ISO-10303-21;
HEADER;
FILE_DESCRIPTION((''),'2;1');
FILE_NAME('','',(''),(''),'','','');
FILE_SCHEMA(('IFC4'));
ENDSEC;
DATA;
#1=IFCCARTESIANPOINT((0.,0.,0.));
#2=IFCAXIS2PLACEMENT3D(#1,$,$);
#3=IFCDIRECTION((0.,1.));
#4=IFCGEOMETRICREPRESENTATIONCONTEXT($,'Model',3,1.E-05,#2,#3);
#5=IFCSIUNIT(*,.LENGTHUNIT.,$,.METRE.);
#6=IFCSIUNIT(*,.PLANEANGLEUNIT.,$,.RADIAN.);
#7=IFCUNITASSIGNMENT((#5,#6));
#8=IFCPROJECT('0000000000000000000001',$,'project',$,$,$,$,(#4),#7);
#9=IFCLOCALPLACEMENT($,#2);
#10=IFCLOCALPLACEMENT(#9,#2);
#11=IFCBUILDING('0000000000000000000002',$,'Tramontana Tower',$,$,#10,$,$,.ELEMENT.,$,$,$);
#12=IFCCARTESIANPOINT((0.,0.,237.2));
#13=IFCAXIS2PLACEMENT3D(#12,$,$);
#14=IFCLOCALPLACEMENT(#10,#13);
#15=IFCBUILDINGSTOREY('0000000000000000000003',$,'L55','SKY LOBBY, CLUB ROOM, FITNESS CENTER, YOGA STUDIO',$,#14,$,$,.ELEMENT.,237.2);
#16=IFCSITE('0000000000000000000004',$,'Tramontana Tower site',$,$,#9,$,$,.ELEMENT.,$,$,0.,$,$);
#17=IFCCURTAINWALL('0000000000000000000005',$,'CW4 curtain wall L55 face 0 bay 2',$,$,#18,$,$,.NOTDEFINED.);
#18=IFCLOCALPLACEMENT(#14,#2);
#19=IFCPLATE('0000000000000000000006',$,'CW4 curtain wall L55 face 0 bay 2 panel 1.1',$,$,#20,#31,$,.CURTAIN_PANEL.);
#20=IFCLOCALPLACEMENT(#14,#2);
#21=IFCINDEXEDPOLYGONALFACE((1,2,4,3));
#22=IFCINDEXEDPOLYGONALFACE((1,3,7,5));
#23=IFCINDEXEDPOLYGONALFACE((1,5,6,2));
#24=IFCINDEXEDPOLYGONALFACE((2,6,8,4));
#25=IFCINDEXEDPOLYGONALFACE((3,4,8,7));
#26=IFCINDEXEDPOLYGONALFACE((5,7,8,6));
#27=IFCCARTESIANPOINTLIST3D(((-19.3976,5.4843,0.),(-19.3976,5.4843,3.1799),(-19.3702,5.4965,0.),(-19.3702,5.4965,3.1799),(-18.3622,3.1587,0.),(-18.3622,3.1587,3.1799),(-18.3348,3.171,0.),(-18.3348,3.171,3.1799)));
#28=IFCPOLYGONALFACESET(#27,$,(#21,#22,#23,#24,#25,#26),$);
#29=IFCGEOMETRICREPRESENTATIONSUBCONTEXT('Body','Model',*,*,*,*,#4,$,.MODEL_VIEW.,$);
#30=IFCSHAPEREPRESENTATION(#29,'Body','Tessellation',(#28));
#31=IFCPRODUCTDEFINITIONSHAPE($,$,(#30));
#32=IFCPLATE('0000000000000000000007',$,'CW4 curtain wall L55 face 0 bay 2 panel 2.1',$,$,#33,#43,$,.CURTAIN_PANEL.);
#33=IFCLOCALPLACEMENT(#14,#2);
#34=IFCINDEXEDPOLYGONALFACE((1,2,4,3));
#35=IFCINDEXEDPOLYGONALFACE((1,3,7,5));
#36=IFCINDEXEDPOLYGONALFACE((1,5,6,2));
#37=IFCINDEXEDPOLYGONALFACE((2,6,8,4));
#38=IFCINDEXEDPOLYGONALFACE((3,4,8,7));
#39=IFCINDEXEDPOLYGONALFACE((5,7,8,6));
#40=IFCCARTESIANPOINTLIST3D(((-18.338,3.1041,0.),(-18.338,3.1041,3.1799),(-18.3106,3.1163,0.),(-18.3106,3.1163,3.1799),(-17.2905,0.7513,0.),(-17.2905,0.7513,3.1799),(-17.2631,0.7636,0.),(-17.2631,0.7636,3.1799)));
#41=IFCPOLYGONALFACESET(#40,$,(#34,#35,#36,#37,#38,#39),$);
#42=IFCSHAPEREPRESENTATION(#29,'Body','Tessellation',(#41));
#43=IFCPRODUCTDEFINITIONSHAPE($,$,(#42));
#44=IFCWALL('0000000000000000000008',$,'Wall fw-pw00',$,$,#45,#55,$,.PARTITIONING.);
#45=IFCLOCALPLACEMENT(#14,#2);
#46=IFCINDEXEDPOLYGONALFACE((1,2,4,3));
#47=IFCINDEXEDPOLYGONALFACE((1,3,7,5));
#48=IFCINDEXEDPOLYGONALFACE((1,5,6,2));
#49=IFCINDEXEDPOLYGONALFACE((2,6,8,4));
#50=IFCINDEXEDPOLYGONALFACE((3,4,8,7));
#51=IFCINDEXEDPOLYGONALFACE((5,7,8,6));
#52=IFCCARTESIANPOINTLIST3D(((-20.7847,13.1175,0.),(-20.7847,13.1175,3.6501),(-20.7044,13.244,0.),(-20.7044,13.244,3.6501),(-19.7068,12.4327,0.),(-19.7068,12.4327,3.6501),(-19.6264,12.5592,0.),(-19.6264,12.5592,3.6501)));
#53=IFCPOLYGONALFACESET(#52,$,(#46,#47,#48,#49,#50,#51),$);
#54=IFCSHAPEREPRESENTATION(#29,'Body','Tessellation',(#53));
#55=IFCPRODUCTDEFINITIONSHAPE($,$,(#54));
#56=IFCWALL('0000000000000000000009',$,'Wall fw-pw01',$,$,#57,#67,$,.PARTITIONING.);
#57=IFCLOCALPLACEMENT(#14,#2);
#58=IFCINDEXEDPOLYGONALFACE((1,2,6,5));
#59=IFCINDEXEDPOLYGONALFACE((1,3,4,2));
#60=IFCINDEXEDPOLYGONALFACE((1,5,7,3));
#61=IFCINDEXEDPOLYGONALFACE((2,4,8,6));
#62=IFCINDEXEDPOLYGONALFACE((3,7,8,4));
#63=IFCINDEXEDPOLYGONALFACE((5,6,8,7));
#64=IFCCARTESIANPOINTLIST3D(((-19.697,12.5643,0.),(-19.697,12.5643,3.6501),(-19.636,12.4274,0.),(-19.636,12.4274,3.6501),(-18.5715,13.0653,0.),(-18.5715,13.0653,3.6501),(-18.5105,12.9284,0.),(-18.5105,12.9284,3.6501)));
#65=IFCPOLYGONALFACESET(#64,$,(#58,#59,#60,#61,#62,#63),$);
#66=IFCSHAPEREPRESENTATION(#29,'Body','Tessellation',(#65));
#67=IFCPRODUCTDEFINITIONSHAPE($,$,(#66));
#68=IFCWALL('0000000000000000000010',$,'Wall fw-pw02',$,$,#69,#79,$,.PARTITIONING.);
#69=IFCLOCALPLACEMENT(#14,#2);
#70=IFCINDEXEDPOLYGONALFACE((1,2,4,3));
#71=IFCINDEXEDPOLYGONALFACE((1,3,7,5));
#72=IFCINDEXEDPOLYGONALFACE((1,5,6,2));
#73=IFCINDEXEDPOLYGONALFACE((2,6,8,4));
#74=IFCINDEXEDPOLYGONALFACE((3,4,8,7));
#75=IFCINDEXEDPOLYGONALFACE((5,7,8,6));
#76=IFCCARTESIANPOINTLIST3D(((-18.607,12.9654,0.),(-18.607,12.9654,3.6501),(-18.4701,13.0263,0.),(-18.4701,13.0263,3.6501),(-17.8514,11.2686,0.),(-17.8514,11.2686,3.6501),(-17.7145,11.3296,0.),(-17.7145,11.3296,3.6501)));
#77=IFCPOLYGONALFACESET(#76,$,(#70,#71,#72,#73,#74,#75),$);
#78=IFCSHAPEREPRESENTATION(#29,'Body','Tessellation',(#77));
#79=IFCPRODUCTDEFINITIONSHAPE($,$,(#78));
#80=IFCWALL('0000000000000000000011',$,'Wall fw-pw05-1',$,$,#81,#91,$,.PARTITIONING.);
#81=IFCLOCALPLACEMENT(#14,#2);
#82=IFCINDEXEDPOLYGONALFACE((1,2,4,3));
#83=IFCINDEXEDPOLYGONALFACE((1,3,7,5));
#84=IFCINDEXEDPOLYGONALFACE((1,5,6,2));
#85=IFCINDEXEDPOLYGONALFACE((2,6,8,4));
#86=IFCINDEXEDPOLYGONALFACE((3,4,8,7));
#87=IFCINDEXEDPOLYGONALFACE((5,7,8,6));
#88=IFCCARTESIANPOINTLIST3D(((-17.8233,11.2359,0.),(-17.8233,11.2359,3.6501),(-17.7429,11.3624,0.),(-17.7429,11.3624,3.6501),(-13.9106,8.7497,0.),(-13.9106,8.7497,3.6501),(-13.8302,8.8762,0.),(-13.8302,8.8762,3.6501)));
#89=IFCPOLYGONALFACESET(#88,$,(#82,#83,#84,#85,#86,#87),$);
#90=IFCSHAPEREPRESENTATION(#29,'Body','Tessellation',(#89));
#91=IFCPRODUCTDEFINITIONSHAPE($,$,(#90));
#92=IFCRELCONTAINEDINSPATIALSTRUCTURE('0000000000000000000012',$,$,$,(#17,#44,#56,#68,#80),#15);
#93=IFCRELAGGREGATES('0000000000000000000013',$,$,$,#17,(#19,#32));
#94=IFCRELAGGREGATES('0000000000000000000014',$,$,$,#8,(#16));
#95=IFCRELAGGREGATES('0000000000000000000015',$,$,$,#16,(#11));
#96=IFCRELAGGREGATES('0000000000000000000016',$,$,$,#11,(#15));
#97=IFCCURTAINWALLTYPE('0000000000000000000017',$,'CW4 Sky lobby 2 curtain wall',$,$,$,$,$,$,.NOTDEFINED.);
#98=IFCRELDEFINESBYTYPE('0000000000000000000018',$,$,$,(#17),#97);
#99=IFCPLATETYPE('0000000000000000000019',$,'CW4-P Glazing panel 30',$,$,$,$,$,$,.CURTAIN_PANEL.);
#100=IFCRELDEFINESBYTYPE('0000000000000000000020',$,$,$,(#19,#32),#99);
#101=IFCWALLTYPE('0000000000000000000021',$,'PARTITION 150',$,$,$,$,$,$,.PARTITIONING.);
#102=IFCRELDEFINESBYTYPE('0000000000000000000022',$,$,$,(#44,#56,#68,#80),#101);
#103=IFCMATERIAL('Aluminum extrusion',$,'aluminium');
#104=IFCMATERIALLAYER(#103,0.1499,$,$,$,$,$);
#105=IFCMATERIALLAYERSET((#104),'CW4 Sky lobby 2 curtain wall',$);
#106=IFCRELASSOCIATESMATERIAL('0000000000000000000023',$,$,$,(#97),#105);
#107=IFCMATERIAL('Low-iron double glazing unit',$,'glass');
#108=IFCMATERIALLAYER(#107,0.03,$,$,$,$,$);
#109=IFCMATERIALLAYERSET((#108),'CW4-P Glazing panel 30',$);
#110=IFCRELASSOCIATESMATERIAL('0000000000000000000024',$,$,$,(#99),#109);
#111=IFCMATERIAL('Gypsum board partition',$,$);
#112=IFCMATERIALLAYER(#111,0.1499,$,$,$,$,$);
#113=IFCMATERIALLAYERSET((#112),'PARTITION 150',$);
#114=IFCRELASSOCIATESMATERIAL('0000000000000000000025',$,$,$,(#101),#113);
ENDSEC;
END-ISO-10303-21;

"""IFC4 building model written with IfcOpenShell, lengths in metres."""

from ifc_helpers import new_model, si_unit, direction, frame, frame_2d, origin, origin_2d, place, context, subcontext, project, spatial, rectangle, extrude, material, layer, layer_set, type_object, element, aggregate, save


model = new_model("IFC4")

# Units and contexts
model_context = context("Model", 3, precision=1e-05, world=origin(), true_north=direction((0.0, 1.0)))
body_context = subcontext(model_context, "Body", "Model", "MODEL_VIEW")
ifc_project = project(units=[si_unit("LENGTHUNIT", "METRE"), si_unit("PLANEANGLEUNIT", "RADIAN")], contexts=[model_context])

# Site, building, storey
site_placement = place(None, origin())
site = spatial("IfcSite", under=ifc_project, at=site_placement, Name="Tramontana Tower site", CompositionType="ELEMENT", RefElevation=0.0)
building_placement = place(site_placement, origin())
building = spatial("IfcBuilding", under=site, at=building_placement, Name="Tramontana Tower", CompositionType="ELEMENT")
storey_placement = place(building_placement, frame((0.0, 0.0, 237.2)))
storey = spatial("IfcBuildingStorey", under=building, at=storey_placement, Name="L55", Description="SKY LOBBY, CLUB ROOM, FITNESS CENTER, YOGA STUDIO", CompositionType="ELEMENT", Elevation=237.2)

# Curtain wall
ifc_material_1 = material(Name="Aluminum extrusion", Category="aluminium")
ifc_layer_1 = layer(ifc_material_1, 0.1499)
ifc_layer_set_1 = layer_set([ifc_layer_1], Name="CW4 Sky lobby 2 curtain wall")
curtain_wall_type = type_object("IfcCurtainWallType", Name="CW4 Sky lobby 2 curtain wall", PredefinedType="NOTDEFINED", material=ifc_layer_set_1)
curtain_wall_1_placement = place(storey_placement, origin())
curtain_wall_1 = element("IfcCurtainWall", 1, at=curtain_wall_1_placement, inside=storey, type_object=curtain_wall_type, Name="CW4 curtain wall L55 face 0 bay 2", PredefinedType="NOTDEFINED")

# Plates
ifc_material_2 = material(Name="Low-iron double glazing unit", Category="glass")
ifc_layer_2 = layer(ifc_material_2, 0.03)
ifc_layer_set_2 = layer_set([ifc_layer_2], Name="CW4-P Glazing panel 30")
plate_type = type_object("IfcPlateType", Name="CW4-P Glazing panel 30", PredefinedType="CURTAIN_PANEL", material=ifc_layer_set_2)
plate_1_placement = place(storey_placement, frame((-18.8662, 4.3276, 0.0), z_axis=(0.0, 0.0, 1.0), x_axis=(0.406737, -0.913545, 0.0)))
plate_1 = element("IfcPlate", 2, at=plate_1_placement, type_object=plate_type, Name="CW4 curtain wall L55 face 0 bay 2 panel 1.1", PredefinedType="CURTAIN_PANEL", context=body_context, shape_type="SweptSolid", body=[
    extrude(rectangle(XDim=2.5457, YDim=0.03, at=origin_2d()), origin(), (0.0, 0.0, 1.0), 3.1799),
])
plate_2_placement = place(storey_placement, frame((-17.8005, 1.9338, 0.0), z_axis=(0.0, 0.0, 1.0), x_axis=(0.406737, -0.913545, 0.0)))
plate_2 = element("IfcPlate", 3, at=plate_2_placement, type_object=plate_type, Name="CW4 curtain wall L55 face 0 bay 2 panel 2.1", PredefinedType="CURTAIN_PANEL", context=body_context, shape_type="SweptSolid", body=[
    extrude(rectangle(XDim=2.5754, YDim=0.03, at=origin_2d()), origin(), (0.0, 0.0, 1.0), 3.1799),
])
aggregate(curtain_wall_1, [plate_1, plate_2])

# Walls
ifc_material_3 = material(Name="Gypsum board partition")
ifc_layer_3 = layer(ifc_material_3, 0.1499)
ifc_layer_set_3 = layer_set([ifc_layer_3], Name="PARTITION 150")
wall_type_1 = type_object("IfcWallType", Name="PARTITION 150", PredefinedType="PARTITIONING", material=ifc_layer_set_3)
wall_1_placement = place(storey_placement, frame((-19.6665, 12.4958, 0.0), z_axis=(0.0, 0.0, 1.0), x_axis=(-0.844055, 0.536257, 0.0)))
element("IfcWall", 4, at=wall_1_placement, inside=storey, type_object=wall_type_1, Name="Wall fw-pw00", PredefinedType="PARTITIONING", context=body_context, shape_type="SweptSolid", body=[
    extrude(rectangle(XDim=1.2771, YDim=0.1499, at=frame_2d((0.6387, 0.0))), origin(), (0.0, 0.0, 1.0), 3.6501),
])
wall_2_placement = place(storey_placement, frame((-18.541, 12.9968, 0.0), z_axis=(0.0, 0.0, 1.0), x_axis=(-0.913583, -0.406653, 0.0)))
element("IfcWall", 5, at=wall_2_placement, inside=storey, type_object=wall_type_1, Name="Wall fw-pw01", PredefinedType="PARTITIONING", context=body_context, shape_type="SweptSolid", body=[
    extrude(rectangle(XDim=1.2319, YDim=0.1499, at=frame_2d((0.616, 0.0))), origin(), (0.0, 0.0, 1.0), 3.6501),
])
wall_3_placement = place(storey_placement, frame((-17.783, 11.2991, 0.0), z_axis=(0.0, 0.0, 1.0), x_axis=(-0.406809, 0.913513, 0.0)))
element("IfcWall", 6, at=wall_3_placement, inside=storey, type_object=wall_type_1, Name="Wall fw-pw02", PredefinedType="PARTITIONING", context=body_context, shape_type="SweptSolid", body=[
    extrude(rectangle(XDim=1.8574, YDim=0.1499, at=frame_2d((0.9287, 0.0))), origin(), (0.0, 0.0, 1.0), 3.6501),
])
wall_4_placement = place(storey_placement, frame((-13.8704, 8.813, 0.0), z_axis=(0.0, 0.0, 1.0), x_axis=(-0.844028, 0.536299, 0.0)))
element("IfcWall", 7, at=wall_4_placement, inside=storey, type_object=wall_type_1, Name="Wall fw-pw05-1", PredefinedType="PARTITIONING", context=body_context, shape_type="SweptSolid", body=[
    extrude(rectangle(XDim=4.6357, YDim=0.1499, at=frame_2d((2.3179, 0.0))), origin(), (0.0, 0.0, 1.0), 3.6501),
])

save(model, "model.ifc")
